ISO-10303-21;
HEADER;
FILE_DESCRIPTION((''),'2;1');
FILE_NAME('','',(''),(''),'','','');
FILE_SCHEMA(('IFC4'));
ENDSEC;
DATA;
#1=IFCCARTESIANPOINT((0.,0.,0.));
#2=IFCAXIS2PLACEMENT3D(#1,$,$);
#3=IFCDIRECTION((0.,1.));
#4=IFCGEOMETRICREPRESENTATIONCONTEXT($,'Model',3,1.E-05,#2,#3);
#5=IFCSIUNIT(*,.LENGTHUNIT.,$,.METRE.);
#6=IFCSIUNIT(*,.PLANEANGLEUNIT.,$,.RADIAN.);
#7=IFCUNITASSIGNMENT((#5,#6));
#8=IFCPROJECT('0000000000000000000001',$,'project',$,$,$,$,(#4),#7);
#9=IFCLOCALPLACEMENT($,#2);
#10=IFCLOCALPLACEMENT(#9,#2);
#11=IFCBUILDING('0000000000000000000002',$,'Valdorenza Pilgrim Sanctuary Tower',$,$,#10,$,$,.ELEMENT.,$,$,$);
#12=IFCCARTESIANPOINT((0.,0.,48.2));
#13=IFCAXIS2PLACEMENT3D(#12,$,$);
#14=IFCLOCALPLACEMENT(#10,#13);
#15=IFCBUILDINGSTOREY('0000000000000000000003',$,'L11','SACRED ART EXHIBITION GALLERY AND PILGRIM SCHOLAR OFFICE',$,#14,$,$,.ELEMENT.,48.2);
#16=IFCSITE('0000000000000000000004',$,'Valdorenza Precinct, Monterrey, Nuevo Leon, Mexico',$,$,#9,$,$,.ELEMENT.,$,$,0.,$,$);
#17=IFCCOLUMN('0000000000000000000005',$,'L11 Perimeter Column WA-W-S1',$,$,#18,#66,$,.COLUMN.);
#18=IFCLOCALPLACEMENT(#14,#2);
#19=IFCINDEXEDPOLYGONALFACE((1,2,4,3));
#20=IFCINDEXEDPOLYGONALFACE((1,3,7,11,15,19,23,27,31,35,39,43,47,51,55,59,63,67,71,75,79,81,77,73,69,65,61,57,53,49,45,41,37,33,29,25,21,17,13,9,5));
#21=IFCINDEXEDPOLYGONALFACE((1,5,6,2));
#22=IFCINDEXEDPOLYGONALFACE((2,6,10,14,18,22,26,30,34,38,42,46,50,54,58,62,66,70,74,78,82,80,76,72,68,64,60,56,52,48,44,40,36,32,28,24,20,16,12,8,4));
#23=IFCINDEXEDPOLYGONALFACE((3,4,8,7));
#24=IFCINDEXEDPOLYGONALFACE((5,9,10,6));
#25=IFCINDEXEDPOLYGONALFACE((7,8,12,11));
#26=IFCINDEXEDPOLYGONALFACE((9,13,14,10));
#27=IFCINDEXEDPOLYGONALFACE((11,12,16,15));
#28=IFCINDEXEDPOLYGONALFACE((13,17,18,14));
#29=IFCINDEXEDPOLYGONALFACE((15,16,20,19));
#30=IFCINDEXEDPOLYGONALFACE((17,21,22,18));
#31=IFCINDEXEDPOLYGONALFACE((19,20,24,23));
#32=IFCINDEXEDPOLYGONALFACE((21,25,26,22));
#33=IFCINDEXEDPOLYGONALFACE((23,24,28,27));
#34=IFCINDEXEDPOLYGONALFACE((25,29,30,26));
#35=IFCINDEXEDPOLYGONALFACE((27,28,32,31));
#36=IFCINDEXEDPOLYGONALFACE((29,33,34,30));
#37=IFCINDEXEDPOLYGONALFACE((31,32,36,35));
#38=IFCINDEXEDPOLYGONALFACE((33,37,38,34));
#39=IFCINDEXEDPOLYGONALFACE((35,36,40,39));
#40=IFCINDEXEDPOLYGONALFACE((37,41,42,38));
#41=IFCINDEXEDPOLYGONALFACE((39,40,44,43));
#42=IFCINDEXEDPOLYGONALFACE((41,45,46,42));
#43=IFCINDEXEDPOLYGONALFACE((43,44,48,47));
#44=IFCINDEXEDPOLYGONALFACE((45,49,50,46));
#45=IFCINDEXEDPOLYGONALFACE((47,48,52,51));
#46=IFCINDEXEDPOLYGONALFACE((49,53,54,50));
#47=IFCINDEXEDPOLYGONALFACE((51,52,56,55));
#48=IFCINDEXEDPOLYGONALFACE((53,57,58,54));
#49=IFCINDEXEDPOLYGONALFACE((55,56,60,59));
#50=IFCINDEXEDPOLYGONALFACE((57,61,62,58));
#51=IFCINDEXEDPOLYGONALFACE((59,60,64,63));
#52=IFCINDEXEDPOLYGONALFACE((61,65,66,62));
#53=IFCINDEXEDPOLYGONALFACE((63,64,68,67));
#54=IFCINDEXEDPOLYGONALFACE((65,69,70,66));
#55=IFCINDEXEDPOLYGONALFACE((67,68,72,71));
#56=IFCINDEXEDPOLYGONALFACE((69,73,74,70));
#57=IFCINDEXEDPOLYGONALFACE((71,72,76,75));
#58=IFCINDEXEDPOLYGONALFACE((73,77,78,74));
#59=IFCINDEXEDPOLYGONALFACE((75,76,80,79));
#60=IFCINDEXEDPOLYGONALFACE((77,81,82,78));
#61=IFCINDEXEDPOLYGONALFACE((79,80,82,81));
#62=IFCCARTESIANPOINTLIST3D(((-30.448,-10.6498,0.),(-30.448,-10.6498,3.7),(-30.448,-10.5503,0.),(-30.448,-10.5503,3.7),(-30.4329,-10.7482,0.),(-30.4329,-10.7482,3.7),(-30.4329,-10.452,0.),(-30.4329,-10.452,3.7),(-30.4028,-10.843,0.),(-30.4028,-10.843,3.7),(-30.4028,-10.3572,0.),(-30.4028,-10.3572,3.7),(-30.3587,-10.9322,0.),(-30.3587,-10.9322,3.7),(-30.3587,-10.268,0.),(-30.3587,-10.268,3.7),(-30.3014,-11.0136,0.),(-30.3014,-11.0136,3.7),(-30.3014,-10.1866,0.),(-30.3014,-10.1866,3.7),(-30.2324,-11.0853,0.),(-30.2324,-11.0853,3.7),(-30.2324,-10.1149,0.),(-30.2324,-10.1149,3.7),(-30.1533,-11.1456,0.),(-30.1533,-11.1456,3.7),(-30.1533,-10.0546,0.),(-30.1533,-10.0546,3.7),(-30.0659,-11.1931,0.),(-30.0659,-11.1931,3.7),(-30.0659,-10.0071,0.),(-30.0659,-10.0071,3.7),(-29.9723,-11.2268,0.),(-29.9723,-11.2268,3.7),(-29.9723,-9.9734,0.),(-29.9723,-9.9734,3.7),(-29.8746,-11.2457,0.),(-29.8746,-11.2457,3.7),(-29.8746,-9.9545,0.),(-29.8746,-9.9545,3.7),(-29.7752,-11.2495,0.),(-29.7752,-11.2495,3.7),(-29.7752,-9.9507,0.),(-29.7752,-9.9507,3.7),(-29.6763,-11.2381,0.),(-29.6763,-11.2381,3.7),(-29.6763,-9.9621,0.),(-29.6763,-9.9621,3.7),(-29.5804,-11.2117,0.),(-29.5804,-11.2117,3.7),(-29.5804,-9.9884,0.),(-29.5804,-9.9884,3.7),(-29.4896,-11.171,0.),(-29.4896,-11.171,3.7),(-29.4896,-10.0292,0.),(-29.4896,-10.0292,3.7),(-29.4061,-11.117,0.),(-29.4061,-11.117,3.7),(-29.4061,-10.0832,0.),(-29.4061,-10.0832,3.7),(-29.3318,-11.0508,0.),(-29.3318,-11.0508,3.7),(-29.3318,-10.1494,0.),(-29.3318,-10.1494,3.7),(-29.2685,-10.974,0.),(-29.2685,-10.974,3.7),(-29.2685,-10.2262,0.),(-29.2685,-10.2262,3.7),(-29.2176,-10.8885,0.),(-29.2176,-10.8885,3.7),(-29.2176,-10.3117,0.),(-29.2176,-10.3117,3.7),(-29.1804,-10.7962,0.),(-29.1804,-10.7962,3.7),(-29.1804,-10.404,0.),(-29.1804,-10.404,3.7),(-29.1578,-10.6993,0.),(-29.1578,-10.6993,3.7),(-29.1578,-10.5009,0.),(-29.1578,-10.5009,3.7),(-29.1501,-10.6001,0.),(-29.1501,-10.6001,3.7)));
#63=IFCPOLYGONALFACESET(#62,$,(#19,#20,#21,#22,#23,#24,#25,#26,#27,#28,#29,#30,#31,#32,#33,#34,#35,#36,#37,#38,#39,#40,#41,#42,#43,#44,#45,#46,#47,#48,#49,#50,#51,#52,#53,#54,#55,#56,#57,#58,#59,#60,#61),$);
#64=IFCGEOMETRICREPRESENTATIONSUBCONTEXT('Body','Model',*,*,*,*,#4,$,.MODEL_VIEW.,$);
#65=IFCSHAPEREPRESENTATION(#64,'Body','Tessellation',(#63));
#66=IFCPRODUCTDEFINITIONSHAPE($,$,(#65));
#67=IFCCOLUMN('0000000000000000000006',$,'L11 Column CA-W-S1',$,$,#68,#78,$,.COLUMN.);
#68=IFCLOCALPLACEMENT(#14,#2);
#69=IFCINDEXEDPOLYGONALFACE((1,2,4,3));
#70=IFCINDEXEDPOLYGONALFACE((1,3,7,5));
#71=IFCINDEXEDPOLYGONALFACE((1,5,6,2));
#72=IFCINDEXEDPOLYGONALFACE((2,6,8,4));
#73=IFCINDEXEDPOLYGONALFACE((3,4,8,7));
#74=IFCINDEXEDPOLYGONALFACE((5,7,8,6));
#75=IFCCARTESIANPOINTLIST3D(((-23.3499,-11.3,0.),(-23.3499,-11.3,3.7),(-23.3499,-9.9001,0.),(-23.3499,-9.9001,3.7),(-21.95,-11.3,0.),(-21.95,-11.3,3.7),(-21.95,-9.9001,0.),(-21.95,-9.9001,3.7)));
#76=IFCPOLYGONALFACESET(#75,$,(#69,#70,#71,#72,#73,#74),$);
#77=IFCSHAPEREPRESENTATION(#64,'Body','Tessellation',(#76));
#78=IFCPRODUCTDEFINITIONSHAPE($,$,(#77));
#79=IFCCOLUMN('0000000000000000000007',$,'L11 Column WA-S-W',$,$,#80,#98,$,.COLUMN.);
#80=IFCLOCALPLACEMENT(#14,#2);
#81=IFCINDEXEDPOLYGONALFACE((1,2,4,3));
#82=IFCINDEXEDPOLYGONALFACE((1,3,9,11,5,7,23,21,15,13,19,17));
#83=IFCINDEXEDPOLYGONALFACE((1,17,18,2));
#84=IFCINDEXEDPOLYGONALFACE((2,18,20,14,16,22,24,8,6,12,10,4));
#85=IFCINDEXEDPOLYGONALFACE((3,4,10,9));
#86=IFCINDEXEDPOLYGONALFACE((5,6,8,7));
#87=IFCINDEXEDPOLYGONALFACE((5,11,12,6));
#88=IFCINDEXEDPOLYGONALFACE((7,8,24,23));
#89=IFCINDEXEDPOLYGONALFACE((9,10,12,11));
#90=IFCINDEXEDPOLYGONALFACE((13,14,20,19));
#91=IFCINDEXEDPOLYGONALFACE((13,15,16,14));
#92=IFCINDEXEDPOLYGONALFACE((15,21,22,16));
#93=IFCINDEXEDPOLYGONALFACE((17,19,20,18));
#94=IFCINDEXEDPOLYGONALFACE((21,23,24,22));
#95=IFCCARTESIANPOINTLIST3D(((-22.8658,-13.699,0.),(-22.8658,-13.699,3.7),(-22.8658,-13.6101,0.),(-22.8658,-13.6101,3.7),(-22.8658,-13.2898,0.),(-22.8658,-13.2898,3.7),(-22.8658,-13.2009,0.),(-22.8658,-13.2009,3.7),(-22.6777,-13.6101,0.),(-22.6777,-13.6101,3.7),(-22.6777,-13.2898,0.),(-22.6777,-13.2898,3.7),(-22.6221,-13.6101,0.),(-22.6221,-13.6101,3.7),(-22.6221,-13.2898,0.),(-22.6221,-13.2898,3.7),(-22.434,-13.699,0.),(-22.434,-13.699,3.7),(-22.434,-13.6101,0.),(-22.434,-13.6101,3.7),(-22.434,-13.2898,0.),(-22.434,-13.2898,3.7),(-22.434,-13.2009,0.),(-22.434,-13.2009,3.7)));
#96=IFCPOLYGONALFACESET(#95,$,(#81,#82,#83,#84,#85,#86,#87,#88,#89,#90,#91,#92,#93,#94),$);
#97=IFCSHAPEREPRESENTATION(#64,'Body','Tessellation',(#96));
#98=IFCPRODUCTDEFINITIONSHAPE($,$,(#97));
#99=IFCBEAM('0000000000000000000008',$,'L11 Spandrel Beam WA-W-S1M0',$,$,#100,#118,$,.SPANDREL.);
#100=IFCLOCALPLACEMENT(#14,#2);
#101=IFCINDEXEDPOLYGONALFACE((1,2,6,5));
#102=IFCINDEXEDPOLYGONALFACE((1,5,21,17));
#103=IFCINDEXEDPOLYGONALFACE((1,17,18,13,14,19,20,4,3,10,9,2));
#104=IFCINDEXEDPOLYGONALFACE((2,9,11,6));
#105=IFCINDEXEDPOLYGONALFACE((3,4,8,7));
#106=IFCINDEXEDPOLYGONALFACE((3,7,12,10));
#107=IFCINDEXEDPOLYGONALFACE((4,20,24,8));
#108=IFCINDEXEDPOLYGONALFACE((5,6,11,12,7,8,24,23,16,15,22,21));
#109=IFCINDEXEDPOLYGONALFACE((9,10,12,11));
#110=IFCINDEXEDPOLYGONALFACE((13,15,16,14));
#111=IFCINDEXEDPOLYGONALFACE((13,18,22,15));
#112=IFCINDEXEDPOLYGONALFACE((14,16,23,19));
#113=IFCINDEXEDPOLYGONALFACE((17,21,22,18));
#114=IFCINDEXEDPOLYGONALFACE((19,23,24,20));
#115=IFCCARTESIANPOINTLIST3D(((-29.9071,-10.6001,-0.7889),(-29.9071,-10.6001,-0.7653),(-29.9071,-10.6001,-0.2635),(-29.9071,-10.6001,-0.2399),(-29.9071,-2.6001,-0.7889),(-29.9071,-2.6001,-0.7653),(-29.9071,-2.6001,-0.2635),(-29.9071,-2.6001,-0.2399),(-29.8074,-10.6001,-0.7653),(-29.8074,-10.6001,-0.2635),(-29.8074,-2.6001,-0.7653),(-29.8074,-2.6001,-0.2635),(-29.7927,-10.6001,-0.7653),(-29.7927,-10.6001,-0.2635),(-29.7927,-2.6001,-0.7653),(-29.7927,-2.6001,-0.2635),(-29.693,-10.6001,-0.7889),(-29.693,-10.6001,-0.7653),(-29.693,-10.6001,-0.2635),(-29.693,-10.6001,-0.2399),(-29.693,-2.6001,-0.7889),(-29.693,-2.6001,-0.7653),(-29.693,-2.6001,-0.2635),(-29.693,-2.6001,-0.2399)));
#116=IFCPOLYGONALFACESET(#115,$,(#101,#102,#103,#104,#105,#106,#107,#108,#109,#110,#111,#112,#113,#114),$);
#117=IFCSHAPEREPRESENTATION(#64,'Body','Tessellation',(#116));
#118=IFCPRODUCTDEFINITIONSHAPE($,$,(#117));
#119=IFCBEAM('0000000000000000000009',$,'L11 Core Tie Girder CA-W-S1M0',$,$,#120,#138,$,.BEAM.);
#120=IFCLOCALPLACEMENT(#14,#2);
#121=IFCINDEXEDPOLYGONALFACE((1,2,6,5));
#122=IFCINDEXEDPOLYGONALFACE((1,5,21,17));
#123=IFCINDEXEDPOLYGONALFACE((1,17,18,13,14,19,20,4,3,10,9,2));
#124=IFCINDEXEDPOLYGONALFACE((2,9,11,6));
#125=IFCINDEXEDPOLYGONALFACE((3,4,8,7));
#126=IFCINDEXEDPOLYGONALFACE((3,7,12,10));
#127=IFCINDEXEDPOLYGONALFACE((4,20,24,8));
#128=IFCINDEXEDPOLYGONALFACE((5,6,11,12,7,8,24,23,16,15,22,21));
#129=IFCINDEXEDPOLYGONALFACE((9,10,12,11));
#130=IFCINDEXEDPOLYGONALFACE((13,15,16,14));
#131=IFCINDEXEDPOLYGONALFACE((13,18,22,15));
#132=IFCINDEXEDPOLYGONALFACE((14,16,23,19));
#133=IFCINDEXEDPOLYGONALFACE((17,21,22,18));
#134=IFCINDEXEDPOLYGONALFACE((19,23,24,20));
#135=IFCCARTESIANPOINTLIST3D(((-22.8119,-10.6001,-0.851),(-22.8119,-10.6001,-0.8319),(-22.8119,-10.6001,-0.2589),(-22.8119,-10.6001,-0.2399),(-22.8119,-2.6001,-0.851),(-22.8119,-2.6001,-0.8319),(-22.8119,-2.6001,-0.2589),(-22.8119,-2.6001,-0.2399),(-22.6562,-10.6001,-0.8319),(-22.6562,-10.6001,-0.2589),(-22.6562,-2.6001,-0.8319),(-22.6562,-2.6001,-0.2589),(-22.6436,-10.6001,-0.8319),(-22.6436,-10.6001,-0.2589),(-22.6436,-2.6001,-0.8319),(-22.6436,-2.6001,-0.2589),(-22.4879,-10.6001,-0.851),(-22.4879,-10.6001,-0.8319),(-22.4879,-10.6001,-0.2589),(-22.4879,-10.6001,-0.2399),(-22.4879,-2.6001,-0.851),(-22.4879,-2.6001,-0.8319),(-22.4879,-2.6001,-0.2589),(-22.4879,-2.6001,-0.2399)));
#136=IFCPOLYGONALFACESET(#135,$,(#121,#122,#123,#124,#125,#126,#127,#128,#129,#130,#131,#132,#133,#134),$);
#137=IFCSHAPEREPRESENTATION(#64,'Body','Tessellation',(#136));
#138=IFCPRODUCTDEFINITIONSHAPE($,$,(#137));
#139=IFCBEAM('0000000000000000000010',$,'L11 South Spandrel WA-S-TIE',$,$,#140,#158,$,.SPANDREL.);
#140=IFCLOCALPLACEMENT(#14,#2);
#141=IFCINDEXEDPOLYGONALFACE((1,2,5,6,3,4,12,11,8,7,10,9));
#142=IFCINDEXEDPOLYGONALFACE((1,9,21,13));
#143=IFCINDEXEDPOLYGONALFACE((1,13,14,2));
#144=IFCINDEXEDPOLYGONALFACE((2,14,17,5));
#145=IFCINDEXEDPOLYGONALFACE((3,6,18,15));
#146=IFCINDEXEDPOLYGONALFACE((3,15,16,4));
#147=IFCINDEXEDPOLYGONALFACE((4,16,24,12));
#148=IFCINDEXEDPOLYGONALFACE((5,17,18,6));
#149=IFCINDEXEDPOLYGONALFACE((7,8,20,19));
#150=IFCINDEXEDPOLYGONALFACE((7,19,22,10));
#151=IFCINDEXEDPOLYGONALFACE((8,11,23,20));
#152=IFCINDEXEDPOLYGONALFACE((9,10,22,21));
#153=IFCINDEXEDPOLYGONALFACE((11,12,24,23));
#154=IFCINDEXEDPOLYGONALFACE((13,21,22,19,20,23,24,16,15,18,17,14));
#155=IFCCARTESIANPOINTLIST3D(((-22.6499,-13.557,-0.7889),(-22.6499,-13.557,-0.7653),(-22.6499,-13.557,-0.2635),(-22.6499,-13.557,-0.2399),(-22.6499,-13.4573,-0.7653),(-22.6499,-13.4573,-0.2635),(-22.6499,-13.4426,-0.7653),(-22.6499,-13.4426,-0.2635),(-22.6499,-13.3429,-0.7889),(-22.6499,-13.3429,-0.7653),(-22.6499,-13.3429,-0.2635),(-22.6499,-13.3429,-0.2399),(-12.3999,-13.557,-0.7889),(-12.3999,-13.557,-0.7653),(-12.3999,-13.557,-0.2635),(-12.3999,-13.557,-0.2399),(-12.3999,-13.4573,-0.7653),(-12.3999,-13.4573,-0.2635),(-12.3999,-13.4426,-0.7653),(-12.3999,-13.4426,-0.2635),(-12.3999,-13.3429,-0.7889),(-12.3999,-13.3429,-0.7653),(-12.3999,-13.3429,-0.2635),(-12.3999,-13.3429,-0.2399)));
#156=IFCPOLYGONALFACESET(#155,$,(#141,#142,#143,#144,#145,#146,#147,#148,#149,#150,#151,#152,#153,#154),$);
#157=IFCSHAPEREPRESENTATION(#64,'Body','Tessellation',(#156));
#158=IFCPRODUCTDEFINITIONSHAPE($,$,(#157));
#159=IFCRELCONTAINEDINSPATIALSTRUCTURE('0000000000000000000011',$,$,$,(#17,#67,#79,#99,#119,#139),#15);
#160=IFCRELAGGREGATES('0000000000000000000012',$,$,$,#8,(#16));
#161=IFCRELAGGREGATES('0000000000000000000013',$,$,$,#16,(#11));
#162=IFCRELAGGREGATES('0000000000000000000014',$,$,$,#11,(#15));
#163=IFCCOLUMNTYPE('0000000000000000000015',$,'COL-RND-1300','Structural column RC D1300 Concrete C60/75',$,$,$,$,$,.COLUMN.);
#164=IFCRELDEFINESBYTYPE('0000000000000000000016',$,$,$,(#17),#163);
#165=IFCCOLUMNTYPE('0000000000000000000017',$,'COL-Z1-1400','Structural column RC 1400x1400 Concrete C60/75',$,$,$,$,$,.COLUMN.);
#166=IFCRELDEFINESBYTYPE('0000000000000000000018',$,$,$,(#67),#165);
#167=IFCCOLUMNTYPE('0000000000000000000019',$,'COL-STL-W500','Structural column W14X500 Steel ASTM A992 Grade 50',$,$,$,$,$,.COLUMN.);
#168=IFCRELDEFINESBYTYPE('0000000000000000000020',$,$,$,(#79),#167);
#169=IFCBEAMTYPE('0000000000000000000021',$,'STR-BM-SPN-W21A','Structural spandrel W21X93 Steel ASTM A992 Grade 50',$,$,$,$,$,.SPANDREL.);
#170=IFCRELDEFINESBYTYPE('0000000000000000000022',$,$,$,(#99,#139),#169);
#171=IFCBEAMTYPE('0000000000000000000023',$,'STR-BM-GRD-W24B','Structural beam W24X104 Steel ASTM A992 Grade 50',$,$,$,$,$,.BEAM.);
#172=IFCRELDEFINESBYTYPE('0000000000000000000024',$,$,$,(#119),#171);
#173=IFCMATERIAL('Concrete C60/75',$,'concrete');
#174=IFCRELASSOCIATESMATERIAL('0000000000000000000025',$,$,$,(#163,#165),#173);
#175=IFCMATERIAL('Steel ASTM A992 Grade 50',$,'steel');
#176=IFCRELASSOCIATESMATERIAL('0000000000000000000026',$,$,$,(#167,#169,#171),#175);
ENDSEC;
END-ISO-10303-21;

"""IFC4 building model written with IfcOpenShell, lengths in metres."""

from ifc_helpers import new_model, si_unit, direction, frame, origin, origin_2d, place, context, subcontext, project, spatial, rectangle, circle, i_section, extrude, source, transform, mapped, material, material_profile, profile_set, type_object, element, save


model = new_model("IFC4")

# Units and contexts
model_context = context("Model", 3, precision=1e-05, world=origin(), true_north=direction((0.0, 1.0)))
body_context = subcontext(model_context, "Body", "Model", "MODEL_VIEW")
ifc_project = project(units=[si_unit("LENGTHUNIT", "METRE"), si_unit("PLANEANGLEUNIT", "RADIAN")], contexts=[model_context])

# Site, building, storey
site_placement = place(None, origin())
site = spatial("IfcSite", under=ifc_project, at=site_placement, Name="Valdorenza Precinct, Monterrey, Nuevo Leon, Mexico", CompositionType="ELEMENT", RefElevation=0.0)
building_placement = place(site_placement, origin())
building = spatial("IfcBuilding", under=site, at=building_placement, Name="Valdorenza Pilgrim Sanctuary Tower", CompositionType="ELEMENT")
storey_placement = place(building_placement, frame((0.0, 0.0, 48.2)))
storey = spatial("IfcBuildingStorey", under=building, at=storey_placement, Name="L11", Description="SACRED ART EXHIBITION GALLERY AND PILGRIM SCHOLAR OFFICE", CompositionType="ELEMENT", Elevation=48.2)

# Columns
ifc_material_1 = material(Name="Concrete C60/75", Category="concrete")
ifc_material_profile_1 = material_profile(ifc_material_1, circle(Radius=0.6499, at=origin_2d()), Name="RC D1300")
ifc_profile_set_1 = profile_set([ifc_material_profile_1], Name="Concrete C60/75")
column_type_1 = type_object("IfcColumnType", Name="COL-RND-1300", Description="Structural column RC D1300 Concrete C60/75", PredefinedType="COLUMN", material=ifc_profile_set_1)
shared_shape_1 = source(origin(), body_context, "Body", "SweptSolid", [
    extrude(circle(Radius=0.6499, at=origin_2d()), origin(), (0.0, 0.0, 1.0), 3.7),
])
column_1_placement = place(storey_placement, frame((-29.8, -10.6001, 0.0), z_axis=(0.0, 0.0, 1.0), x_axis=(1.0, 0.0, 0.0)))
element("IfcColumn", 1, at=column_1_placement, inside=storey, type_object=column_type_1, Name="L11 Perimeter Column WA-W-S1", PredefinedType="COLUMN", context=body_context, shape_type="MappedRepresentation", body=[
    mapped(shared_shape_1, transform((0.0, 0.0, 0.0), x_axis=(1.0, 0.0, 0.0), y_axis=(0.0, 1.0, 0.0), z_axis=(0.0, 0.0, 1.0), scale=1.0)),
])
ifc_material_profile_2 = material_profile(ifc_material_1, rectangle(XDim=1.3999, YDim=1.3999, at=origin_2d()), Name="RC 1400x1400")
ifc_profile_set_2 = profile_set([ifc_material_profile_2], Name="Concrete C60/75")
column_type_2 = type_object("IfcColumnType", Name="COL-Z1-1400", Description="Structural column RC 1400x1400 Concrete C60/75", PredefinedType="COLUMN", material=ifc_profile_set_2)
shared_shape_2 = source(origin(), body_context, "Body", "SweptSolid", [
    extrude(rectangle(XDim=1.3999, YDim=1.3999, at=origin_2d()), origin(), (0.0, 0.0, 1.0), 3.7),
])
column_2_placement = place(storey_placement, frame((-22.6499, -10.6001, 0.0), z_axis=(0.0, 0.0, 1.0), x_axis=(1.0, 0.0, 0.0)))
element("IfcColumn", 2, at=column_2_placement, inside=storey, type_object=column_type_2, Name="L11 Column CA-W-S1", PredefinedType="COLUMN", context=body_context, shape_type="MappedRepresentation", body=[
    mapped(shared_shape_2, transform((0.0, 0.0, 0.0), x_axis=(1.0, 0.0, 0.0), y_axis=(0.0, 1.0, 0.0), z_axis=(0.0, 0.0, 1.0), scale=1.0)),
])
ifc_material_2 = material(Name="Steel ASTM A992 Grade 50", Category="steel")
ifc_material_profile_3 = material_profile(ifc_material_2, i_section(OverallWidth=0.4319, OverallDepth=0.498, WebThickness=0.0557, FlangeThickness=0.0889, at=origin_2d()), Name="W14X500")
ifc_profile_set_3 = profile_set([ifc_material_profile_3], Name="Steel ASTM A992 Grade 50")
column_type_3 = type_object("IfcColumnType", Name="COL-STL-W500", Description="Structural column W14X500 Steel ASTM A992 Grade 50", PredefinedType="COLUMN", material=ifc_profile_set_3)
shared_shape_3 = source(origin(), body_context, "Body", "SweptSolid", [
    extrude(i_section(OverallWidth=0.4319, OverallDepth=0.498, WebThickness=0.0557, FlangeThickness=0.0889, at=origin_2d()), origin(), (0.0, 0.0, 1.0), 3.7),
])
column_3_placement = place(storey_placement, frame((-22.6499, -13.45, 0.0), z_axis=(0.0, 0.0, 1.0), x_axis=(1.0, 0.0, 0.0)))
element("IfcColumn", 3, at=column_3_placement, inside=storey, type_object=column_type_3, Name="L11 Column WA-S-W", PredefinedType="COLUMN", context=body_context, shape_type="MappedRepresentation", body=[
    mapped(shared_shape_3, transform((0.0, 0.0, 0.0), x_axis=(1.0, 0.0, 0.0), y_axis=(0.0, 1.0, 0.0), z_axis=(0.0, 0.0, 1.0), scale=1.0)),
])

# Beams
ifc_material_profile_4 = material_profile(ifc_material_2, i_section(OverallWidth=0.2141, OverallDepth=0.5491, WebThickness=0.0146, FlangeThickness=0.0237, at=origin_2d()), Name="W21X93")
ifc_profile_set_4 = profile_set([ifc_material_profile_4], Name="Steel ASTM A992 Grade 50")
beam_type_1 = type_object("IfcBeamType", Name="STR-BM-SPN-W21A", Description="Structural spandrel W21X93 Steel ASTM A992 Grade 50", PredefinedType="SPANDREL", material=ifc_profile_set_4)
shared_shape_4 = source(origin(), body_context, "Body", "SweptSolid", [
    extrude(i_section(OverallWidth=0.2141, OverallDepth=0.5491, WebThickness=0.0146, FlangeThickness=0.0237, at=origin_2d()), origin(), (0.0, 0.0, 1.0), 8.0),
])
beam_1_placement = place(storey_placement, frame((-29.8, -10.6001, -0.5144), z_axis=(0.0, 1.0, 0.0), x_axis=(-1.0, 0.0, 0.0)))
element("IfcBeam", 4, at=beam_1_placement, inside=storey, type_object=beam_type_1, Name="L11 Spandrel Beam WA-W-S1M0", PredefinedType="SPANDREL", context=body_context, shape_type="MappedRepresentation", body=[
    mapped(shared_shape_4, transform((0.0, 0.0, 0.0), x_axis=(1.0, 0.0, 0.0), y_axis=(0.0, 1.0, 0.0), z_axis=(0.0, 0.0, 1.0), scale=1.0)),
])
ifc_material_profile_5 = material_profile(ifc_material_2, i_section(OverallWidth=0.324, OverallDepth=0.6111, WebThickness=0.0127, FlangeThickness=0.019, at=origin_2d()), Name="W24X104")
ifc_profile_set_5 = profile_set([ifc_material_profile_5], Name="Steel ASTM A992 Grade 50")
beam_type_2 = type_object("IfcBeamType", Name="STR-BM-GRD-W24B", Description="Structural beam W24X104 Steel ASTM A992 Grade 50", PredefinedType="BEAM", material=ifc_profile_set_5)
shared_shape_5 = source(origin(), body_context, "Body", "SweptSolid", [
    extrude(i_section(OverallWidth=0.324, OverallDepth=0.6111, WebThickness=0.0127, FlangeThickness=0.019, at=origin_2d()), origin(), (0.0, 0.0, 1.0), 8.0),
])
beam_2_placement = place(storey_placement, frame((-22.6499, -10.6001, -0.5454), z_axis=(0.0, 1.0, 0.0), x_axis=(-1.0, 0.0, 0.0)))
element("IfcBeam", 5, at=beam_2_placement, inside=storey, type_object=beam_type_2, Name="L11 Core Tie Girder CA-W-S1M0", PredefinedType="BEAM", context=body_context, shape_type="MappedRepresentation", body=[
    mapped(shared_shape_5, transform((0.0, 0.0, 0.0), x_axis=(1.0, 0.0, 0.0), y_axis=(0.0, 1.0, 0.0), z_axis=(0.0, 0.0, 1.0), scale=1.0)),
])
shared_shape_6 = source(origin(), body_context, "Body", "SweptSolid", [
    extrude(i_section(OverallWidth=0.2141, OverallDepth=0.5491, WebThickness=0.0146, FlangeThickness=0.0237, at=origin_2d()), origin(), (0.0, 0.0, 1.0), 10.25),
])
beam_3_placement = place(storey_placement, frame((-22.6499, -13.45, -0.5144), z_axis=(1.0, 0.0, 0.0), x_axis=(0.0, 1.0, 0.0)))
element("IfcBeam", 6, at=beam_3_placement, inside=storey, type_object=beam_type_1, Name="L11 South Spandrel WA-S-TIE", PredefinedType="SPANDREL", context=body_context, shape_type="MappedRepresentation", body=[
    mapped(shared_shape_6, transform((0.0, 0.0, 0.0), x_axis=(1.0, 0.0, 0.0), y_axis=(0.0, 1.0, 0.0), z_axis=(0.0, 0.0, 1.0), scale=1.0)),
])

save(model, "model.ifc")
